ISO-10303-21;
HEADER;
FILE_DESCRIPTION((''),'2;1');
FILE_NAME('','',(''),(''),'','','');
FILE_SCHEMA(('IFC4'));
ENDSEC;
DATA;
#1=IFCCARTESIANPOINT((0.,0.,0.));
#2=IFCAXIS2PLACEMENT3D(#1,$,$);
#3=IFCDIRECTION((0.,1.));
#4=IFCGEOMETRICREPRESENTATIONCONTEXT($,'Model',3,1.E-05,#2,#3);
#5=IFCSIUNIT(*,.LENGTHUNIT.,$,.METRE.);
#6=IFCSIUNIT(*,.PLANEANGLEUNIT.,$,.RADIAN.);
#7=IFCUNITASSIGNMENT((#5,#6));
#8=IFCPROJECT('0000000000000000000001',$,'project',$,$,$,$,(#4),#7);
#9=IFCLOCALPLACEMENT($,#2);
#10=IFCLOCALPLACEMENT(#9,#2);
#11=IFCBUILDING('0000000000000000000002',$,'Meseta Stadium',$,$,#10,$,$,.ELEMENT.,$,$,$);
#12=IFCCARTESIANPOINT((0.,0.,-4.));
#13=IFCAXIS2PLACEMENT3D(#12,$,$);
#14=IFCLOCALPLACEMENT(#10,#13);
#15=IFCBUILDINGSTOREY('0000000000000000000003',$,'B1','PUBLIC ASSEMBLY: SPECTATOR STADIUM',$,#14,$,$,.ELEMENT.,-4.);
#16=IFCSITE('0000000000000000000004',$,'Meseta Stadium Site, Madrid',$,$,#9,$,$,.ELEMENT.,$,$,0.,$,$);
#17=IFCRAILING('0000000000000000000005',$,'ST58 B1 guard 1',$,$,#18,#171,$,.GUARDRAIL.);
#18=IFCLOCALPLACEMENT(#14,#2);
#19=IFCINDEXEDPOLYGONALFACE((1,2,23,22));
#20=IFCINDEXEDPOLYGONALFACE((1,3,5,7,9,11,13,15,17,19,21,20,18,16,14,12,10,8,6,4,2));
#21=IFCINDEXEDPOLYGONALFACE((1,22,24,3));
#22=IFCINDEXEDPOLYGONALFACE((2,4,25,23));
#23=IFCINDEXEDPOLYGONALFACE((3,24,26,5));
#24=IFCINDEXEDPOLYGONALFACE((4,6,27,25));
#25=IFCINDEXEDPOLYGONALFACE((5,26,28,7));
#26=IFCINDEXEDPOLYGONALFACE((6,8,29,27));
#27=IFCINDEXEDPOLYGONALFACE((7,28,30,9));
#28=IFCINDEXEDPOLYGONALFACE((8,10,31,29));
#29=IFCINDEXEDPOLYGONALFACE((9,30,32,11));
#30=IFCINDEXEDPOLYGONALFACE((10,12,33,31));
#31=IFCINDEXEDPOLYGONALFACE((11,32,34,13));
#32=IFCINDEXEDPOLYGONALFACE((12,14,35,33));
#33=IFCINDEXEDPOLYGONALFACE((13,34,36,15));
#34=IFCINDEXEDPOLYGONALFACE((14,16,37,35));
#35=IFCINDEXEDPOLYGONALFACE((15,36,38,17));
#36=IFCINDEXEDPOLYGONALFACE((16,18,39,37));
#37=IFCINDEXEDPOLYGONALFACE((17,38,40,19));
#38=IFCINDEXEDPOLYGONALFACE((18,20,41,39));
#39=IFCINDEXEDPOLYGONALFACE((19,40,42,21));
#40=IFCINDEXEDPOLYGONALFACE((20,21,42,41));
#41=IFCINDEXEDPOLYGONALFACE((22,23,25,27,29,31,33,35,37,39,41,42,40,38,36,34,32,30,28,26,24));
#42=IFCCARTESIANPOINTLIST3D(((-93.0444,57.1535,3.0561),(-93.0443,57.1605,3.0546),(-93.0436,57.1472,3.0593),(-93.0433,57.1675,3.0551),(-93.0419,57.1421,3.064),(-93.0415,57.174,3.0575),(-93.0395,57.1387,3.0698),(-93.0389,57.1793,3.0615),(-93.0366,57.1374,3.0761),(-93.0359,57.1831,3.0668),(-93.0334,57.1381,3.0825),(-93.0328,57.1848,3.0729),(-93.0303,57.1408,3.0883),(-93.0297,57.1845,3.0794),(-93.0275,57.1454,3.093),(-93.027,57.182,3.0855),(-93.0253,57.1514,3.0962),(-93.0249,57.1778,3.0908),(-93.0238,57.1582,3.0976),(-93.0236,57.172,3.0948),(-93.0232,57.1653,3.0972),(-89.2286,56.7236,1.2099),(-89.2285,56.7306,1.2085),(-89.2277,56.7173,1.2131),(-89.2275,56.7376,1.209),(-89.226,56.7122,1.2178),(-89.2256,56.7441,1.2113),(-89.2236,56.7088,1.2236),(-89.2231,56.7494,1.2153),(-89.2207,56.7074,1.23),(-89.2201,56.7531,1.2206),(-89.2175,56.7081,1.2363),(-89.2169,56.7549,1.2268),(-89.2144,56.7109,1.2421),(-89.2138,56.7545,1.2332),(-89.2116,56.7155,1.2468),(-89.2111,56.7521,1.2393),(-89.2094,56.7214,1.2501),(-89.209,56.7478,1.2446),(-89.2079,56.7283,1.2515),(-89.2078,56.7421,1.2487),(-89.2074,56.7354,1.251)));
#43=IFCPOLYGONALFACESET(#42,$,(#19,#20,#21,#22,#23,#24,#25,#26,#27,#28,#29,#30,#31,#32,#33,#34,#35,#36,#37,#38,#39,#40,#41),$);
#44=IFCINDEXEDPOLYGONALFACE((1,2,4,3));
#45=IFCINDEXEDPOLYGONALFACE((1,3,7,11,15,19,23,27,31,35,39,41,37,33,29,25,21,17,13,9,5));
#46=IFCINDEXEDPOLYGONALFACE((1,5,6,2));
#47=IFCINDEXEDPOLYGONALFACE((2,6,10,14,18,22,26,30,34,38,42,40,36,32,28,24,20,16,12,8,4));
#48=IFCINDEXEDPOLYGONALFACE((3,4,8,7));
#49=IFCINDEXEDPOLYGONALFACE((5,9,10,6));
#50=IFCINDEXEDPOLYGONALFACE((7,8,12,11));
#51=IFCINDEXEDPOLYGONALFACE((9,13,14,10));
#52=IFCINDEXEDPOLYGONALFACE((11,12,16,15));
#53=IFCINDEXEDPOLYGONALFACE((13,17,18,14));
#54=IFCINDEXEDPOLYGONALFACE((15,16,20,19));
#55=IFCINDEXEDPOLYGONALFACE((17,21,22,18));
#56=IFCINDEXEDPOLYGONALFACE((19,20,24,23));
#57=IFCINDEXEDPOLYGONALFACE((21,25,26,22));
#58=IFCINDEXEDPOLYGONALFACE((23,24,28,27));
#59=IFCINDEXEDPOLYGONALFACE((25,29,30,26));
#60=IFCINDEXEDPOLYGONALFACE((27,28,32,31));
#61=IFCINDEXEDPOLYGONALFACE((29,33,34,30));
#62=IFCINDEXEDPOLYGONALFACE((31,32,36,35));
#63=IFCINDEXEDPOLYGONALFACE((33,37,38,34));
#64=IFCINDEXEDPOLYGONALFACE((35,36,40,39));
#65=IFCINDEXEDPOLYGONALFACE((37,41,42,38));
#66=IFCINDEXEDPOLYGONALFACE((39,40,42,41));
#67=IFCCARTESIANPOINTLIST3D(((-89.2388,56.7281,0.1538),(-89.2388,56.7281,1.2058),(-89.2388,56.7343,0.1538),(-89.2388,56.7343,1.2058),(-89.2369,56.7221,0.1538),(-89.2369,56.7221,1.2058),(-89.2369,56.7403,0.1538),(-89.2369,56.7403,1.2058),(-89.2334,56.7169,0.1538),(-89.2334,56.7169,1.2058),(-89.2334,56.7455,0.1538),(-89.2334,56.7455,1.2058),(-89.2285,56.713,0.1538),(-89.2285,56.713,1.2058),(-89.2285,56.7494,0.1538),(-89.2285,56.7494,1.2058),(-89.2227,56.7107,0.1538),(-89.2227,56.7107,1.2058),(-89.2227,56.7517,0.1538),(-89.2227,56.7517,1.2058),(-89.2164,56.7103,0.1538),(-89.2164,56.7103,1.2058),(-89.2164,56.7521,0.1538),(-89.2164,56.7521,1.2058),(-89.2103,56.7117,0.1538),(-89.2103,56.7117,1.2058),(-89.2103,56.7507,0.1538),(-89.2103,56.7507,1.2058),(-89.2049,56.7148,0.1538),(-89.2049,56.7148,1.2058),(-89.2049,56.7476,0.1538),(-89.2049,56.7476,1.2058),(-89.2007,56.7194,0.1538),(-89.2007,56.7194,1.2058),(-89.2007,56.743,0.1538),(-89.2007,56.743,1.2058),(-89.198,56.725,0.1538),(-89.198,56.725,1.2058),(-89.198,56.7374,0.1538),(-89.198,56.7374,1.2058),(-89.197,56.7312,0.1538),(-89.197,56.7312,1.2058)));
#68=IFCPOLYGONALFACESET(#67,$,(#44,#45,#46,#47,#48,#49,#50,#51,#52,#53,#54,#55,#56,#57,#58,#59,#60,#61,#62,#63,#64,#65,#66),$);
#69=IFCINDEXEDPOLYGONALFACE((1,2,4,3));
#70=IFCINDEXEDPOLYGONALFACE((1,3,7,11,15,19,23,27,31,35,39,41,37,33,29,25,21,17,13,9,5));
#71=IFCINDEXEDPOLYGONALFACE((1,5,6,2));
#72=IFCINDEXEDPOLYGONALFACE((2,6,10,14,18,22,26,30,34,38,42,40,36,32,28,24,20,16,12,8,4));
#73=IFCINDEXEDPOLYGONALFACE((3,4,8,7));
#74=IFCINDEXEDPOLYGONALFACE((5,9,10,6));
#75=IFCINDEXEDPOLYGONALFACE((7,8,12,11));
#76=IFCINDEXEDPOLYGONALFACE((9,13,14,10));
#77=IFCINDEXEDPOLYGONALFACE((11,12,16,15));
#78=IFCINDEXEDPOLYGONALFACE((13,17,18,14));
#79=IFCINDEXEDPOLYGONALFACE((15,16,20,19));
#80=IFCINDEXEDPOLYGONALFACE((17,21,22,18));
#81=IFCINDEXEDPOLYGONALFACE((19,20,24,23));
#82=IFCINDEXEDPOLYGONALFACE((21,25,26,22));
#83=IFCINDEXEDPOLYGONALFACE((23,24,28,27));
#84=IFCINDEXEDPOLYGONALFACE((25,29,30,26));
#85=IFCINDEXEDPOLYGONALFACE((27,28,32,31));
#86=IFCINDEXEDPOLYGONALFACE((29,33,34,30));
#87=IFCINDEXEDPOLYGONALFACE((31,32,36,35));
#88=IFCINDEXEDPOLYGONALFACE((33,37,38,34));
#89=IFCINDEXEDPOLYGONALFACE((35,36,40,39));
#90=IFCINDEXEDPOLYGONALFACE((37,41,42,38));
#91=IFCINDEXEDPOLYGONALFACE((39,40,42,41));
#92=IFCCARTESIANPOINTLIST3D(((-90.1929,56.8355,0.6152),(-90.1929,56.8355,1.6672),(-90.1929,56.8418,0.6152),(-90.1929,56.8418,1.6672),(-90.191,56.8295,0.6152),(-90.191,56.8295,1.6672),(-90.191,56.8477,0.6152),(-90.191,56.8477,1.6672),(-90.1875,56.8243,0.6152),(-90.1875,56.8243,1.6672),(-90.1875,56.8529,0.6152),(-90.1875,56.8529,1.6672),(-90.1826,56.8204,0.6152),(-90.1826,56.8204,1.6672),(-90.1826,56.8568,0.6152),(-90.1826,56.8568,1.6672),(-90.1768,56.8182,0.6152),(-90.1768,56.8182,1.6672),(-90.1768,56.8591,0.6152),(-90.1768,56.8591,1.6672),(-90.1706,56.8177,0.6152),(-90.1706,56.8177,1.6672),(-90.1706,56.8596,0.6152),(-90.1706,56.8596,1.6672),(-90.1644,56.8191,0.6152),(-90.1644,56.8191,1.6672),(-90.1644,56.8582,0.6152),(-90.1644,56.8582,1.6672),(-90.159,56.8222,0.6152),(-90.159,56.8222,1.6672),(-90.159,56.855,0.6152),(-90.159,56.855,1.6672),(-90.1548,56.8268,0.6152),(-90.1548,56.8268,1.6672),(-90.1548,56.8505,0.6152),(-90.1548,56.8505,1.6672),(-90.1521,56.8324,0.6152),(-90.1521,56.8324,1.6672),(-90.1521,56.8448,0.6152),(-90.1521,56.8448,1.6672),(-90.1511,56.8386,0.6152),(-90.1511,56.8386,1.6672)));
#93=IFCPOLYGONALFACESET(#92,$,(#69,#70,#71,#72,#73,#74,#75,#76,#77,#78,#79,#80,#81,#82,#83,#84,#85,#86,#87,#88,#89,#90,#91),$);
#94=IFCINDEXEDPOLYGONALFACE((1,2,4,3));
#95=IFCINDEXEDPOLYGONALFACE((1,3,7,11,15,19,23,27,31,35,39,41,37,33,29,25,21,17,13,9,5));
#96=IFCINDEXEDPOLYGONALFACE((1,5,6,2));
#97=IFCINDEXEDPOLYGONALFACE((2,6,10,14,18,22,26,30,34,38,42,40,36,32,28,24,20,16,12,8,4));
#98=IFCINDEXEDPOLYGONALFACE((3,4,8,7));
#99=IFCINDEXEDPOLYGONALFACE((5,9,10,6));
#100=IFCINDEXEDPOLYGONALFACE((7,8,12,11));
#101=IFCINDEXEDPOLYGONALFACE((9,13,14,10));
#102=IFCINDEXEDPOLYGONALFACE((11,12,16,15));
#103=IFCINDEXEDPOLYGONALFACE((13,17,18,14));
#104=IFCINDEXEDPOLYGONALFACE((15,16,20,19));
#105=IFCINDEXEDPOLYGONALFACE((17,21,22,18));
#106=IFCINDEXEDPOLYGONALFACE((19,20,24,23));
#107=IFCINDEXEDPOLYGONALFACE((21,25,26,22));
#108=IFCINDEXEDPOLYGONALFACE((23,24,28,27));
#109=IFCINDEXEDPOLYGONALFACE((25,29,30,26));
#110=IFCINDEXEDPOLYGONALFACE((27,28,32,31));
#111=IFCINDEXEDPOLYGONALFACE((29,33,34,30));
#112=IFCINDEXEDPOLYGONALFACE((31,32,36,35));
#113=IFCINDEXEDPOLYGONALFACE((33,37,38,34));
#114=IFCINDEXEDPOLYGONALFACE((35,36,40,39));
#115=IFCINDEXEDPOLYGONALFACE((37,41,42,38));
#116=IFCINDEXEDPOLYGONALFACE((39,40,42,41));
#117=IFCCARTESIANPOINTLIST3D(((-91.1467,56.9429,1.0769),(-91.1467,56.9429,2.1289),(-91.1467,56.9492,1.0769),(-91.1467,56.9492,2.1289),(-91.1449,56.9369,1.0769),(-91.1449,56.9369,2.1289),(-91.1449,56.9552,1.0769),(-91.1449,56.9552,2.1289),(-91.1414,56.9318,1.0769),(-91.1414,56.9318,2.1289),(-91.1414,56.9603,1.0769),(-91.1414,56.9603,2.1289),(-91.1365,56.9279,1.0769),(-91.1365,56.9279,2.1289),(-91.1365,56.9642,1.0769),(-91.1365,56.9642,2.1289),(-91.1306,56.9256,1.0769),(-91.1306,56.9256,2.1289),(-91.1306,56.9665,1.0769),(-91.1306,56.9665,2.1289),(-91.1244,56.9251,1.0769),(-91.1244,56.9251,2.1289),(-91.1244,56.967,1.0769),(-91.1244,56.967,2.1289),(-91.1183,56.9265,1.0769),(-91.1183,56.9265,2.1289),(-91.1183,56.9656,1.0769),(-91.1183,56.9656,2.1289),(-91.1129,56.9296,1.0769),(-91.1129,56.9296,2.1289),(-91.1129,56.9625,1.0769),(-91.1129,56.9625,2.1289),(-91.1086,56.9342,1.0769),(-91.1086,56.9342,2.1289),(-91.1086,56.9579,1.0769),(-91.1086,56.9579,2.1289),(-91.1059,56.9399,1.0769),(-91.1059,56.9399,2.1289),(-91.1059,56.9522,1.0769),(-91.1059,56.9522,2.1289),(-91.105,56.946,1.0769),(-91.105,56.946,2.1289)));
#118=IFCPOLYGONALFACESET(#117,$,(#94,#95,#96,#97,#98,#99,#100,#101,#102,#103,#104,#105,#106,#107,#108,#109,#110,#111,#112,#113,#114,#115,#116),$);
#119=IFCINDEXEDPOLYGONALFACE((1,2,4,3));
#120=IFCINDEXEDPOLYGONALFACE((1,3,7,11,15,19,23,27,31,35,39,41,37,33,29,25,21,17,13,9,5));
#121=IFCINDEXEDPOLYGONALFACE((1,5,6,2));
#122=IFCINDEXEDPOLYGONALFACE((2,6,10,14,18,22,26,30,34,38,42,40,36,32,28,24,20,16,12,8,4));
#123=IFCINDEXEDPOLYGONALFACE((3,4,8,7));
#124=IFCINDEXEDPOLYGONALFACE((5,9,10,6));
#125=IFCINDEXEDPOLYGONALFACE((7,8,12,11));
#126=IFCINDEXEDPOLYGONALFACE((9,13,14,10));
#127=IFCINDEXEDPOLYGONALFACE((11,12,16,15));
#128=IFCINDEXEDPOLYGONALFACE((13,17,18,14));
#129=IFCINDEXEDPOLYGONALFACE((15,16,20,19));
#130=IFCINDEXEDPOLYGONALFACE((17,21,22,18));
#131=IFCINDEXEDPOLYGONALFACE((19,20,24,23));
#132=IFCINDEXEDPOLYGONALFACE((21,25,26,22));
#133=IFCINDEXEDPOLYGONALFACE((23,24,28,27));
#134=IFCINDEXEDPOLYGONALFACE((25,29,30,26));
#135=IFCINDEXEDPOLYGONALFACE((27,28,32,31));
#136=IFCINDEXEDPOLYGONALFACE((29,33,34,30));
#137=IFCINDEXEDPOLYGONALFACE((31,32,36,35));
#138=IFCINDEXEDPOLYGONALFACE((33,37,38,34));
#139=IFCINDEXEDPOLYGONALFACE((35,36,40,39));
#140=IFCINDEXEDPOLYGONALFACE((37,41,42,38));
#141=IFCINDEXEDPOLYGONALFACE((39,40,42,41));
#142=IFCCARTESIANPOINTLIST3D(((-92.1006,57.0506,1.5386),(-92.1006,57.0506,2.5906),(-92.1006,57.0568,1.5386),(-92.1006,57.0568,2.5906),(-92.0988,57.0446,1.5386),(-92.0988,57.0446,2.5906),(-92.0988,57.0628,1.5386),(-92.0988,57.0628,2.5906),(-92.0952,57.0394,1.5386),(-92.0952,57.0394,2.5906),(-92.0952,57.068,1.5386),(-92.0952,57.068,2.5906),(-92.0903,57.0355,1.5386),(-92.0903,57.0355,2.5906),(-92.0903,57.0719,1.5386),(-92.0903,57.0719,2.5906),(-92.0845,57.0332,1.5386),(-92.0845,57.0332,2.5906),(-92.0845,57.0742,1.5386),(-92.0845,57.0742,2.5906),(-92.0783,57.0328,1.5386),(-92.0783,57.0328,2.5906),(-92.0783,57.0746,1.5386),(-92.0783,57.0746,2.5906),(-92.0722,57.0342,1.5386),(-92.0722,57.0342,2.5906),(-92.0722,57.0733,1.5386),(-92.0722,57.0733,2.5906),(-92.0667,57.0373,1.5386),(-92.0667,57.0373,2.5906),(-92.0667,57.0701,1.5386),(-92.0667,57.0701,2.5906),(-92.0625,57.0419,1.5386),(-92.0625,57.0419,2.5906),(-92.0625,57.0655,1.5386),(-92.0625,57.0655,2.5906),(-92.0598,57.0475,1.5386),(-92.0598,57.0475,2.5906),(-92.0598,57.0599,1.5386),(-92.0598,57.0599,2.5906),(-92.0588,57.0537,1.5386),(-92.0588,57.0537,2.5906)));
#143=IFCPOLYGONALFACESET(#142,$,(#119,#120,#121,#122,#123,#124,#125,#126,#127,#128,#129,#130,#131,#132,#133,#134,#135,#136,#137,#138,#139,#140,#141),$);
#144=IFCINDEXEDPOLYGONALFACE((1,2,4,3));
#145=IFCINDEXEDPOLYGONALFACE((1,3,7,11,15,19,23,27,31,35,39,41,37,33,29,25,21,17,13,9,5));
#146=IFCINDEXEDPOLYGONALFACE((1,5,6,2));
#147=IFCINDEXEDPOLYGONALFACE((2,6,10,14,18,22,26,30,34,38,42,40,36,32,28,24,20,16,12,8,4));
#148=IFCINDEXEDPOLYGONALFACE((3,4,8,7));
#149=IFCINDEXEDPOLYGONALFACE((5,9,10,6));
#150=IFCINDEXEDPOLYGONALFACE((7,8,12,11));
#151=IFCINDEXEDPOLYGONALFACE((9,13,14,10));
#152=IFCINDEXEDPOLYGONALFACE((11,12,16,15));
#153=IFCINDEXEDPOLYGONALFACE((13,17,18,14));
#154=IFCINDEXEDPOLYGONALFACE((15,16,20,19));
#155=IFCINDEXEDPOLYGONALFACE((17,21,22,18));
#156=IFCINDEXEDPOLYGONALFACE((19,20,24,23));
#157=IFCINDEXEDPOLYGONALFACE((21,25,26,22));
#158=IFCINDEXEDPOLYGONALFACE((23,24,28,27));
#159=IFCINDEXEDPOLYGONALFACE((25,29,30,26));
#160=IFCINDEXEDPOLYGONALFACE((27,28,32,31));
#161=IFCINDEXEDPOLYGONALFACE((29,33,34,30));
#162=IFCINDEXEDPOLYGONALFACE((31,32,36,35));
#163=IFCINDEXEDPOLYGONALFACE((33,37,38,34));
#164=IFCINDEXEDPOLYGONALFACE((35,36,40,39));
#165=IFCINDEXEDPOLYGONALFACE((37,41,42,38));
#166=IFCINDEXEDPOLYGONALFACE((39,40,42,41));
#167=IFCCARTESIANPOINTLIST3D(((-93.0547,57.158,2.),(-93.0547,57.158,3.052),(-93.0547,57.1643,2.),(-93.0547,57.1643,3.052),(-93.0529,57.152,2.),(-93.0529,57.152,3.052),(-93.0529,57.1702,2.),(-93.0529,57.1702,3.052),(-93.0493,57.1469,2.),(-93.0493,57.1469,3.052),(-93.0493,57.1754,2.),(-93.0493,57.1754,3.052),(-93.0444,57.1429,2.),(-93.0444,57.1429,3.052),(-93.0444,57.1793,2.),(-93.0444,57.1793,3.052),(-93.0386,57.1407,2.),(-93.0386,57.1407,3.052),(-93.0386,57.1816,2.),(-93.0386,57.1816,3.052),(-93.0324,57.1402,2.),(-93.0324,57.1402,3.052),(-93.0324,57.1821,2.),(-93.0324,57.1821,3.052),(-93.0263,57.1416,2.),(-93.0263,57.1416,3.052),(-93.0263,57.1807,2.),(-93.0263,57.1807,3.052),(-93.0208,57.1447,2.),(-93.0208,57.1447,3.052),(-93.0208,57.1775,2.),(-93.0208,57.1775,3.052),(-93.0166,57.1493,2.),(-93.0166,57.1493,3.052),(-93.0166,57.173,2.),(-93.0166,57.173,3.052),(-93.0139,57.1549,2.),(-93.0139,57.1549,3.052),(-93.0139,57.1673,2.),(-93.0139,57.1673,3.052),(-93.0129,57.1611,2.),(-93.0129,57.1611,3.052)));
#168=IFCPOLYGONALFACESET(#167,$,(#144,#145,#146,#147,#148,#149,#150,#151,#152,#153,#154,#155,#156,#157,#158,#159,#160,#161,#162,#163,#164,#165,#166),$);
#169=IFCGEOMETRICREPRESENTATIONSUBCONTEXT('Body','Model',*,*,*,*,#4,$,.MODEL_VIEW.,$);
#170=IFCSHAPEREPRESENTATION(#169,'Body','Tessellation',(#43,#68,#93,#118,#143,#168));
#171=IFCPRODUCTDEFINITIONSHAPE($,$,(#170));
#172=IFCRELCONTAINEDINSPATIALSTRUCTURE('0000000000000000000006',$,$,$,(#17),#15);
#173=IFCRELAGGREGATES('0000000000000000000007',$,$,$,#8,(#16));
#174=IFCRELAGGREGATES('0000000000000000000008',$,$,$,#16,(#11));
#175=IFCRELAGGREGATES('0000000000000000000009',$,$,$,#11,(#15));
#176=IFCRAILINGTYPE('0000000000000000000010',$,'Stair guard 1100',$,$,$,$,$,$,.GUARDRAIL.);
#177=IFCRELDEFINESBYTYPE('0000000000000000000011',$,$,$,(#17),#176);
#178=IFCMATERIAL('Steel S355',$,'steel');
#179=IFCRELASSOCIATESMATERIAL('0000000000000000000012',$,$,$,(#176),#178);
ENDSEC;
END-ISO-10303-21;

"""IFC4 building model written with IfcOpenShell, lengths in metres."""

from ifc_helpers import new_model, si_unit, direction, frame, origin, origin_2d, place, context, subcontext, project, spatial, circle, extrude, material, type_object, element, save


model = new_model("IFC4")

# Units and contexts
model_context = context("Model", 3, precision=1e-05, world=origin(), true_north=direction((0.0, 1.0)))
body_context = subcontext(model_context, "Body", "Model", "MODEL_VIEW")
ifc_project = project(units=[si_unit("LENGTHUNIT", "METRE"), si_unit("PLANEANGLEUNIT", "RADIAN")], contexts=[model_context])

# Site, building, storey
site_placement = place(None, origin())
site = spatial("IfcSite", under=ifc_project, at=site_placement, Name="Meseta Stadium Site, Madrid", CompositionType="ELEMENT", RefElevation=0.0)
building_placement = place(site_placement, origin())
building = spatial("IfcBuilding", under=site, at=building_placement, Name="Meseta Stadium", CompositionType="ELEMENT")
storey_placement = place(building_placement, frame((0.0, 0.0, -4.0)))
storey = spatial("IfcBuildingStorey", under=building, at=storey_placement, Name="B1", Description="PUBLIC ASSEMBLY: SPECTATOR STADIUM", CompositionType="ELEMENT", Elevation=-4.0)

# Railing
ifc_material_1 = material(Name="Steel S355", Category="steel")
railing_type_1 = type_object("IfcRailingType", Name="Stair guard 1100", PredefinedType="GUARDRAIL", material=ifc_material_1)
railing_1_placement = place(storey_placement, frame((-89.218, 56.7312, 0.1538)))
element("IfcRailing", 1, at=railing_1_placement, inside=storey, type_object=railing_type_1, Name="ST58 B1 guard 1", PredefinedType="GUARDRAIL", context=body_context, shape_type="SweptSolid", body=[
    extrude(circle(Radius=0.0239, at=origin_2d()), frame((0.0, 0.0, 1.0762), z_axis=(-0.895585, 0.100904, 0.433296), x_axis=(-0.11196, -0.993713, 0.0)), (0.0, 0.0, 1.0), 4.2607),
    extrude(circle(Radius=0.021, at=origin_2d()), origin(), (0.0, 0.0, 1.0), 1.052),
    extrude(circle(Radius=0.021, at=origin_2d()), frame((-0.9541, 0.1074, 0.4614)), (0.0, 0.0, 1.0), 1.052),
    extrude(circle(Radius=0.021, at=origin_2d()), frame((-1.908, 0.2148, 0.9231)), (0.0, 0.0, 1.0), 1.052),
    extrude(circle(Radius=0.021, at=origin_2d()), frame((-2.8618, 0.3225, 1.3848)), (0.0, 0.0, 1.0), 1.052),
    extrude(circle(Radius=0.021, at=origin_2d()), frame((-3.8159, 0.4299, 1.8462)), (0.0, 0.0, 1.0), 1.052),
])

save(model, "model.ifc")
